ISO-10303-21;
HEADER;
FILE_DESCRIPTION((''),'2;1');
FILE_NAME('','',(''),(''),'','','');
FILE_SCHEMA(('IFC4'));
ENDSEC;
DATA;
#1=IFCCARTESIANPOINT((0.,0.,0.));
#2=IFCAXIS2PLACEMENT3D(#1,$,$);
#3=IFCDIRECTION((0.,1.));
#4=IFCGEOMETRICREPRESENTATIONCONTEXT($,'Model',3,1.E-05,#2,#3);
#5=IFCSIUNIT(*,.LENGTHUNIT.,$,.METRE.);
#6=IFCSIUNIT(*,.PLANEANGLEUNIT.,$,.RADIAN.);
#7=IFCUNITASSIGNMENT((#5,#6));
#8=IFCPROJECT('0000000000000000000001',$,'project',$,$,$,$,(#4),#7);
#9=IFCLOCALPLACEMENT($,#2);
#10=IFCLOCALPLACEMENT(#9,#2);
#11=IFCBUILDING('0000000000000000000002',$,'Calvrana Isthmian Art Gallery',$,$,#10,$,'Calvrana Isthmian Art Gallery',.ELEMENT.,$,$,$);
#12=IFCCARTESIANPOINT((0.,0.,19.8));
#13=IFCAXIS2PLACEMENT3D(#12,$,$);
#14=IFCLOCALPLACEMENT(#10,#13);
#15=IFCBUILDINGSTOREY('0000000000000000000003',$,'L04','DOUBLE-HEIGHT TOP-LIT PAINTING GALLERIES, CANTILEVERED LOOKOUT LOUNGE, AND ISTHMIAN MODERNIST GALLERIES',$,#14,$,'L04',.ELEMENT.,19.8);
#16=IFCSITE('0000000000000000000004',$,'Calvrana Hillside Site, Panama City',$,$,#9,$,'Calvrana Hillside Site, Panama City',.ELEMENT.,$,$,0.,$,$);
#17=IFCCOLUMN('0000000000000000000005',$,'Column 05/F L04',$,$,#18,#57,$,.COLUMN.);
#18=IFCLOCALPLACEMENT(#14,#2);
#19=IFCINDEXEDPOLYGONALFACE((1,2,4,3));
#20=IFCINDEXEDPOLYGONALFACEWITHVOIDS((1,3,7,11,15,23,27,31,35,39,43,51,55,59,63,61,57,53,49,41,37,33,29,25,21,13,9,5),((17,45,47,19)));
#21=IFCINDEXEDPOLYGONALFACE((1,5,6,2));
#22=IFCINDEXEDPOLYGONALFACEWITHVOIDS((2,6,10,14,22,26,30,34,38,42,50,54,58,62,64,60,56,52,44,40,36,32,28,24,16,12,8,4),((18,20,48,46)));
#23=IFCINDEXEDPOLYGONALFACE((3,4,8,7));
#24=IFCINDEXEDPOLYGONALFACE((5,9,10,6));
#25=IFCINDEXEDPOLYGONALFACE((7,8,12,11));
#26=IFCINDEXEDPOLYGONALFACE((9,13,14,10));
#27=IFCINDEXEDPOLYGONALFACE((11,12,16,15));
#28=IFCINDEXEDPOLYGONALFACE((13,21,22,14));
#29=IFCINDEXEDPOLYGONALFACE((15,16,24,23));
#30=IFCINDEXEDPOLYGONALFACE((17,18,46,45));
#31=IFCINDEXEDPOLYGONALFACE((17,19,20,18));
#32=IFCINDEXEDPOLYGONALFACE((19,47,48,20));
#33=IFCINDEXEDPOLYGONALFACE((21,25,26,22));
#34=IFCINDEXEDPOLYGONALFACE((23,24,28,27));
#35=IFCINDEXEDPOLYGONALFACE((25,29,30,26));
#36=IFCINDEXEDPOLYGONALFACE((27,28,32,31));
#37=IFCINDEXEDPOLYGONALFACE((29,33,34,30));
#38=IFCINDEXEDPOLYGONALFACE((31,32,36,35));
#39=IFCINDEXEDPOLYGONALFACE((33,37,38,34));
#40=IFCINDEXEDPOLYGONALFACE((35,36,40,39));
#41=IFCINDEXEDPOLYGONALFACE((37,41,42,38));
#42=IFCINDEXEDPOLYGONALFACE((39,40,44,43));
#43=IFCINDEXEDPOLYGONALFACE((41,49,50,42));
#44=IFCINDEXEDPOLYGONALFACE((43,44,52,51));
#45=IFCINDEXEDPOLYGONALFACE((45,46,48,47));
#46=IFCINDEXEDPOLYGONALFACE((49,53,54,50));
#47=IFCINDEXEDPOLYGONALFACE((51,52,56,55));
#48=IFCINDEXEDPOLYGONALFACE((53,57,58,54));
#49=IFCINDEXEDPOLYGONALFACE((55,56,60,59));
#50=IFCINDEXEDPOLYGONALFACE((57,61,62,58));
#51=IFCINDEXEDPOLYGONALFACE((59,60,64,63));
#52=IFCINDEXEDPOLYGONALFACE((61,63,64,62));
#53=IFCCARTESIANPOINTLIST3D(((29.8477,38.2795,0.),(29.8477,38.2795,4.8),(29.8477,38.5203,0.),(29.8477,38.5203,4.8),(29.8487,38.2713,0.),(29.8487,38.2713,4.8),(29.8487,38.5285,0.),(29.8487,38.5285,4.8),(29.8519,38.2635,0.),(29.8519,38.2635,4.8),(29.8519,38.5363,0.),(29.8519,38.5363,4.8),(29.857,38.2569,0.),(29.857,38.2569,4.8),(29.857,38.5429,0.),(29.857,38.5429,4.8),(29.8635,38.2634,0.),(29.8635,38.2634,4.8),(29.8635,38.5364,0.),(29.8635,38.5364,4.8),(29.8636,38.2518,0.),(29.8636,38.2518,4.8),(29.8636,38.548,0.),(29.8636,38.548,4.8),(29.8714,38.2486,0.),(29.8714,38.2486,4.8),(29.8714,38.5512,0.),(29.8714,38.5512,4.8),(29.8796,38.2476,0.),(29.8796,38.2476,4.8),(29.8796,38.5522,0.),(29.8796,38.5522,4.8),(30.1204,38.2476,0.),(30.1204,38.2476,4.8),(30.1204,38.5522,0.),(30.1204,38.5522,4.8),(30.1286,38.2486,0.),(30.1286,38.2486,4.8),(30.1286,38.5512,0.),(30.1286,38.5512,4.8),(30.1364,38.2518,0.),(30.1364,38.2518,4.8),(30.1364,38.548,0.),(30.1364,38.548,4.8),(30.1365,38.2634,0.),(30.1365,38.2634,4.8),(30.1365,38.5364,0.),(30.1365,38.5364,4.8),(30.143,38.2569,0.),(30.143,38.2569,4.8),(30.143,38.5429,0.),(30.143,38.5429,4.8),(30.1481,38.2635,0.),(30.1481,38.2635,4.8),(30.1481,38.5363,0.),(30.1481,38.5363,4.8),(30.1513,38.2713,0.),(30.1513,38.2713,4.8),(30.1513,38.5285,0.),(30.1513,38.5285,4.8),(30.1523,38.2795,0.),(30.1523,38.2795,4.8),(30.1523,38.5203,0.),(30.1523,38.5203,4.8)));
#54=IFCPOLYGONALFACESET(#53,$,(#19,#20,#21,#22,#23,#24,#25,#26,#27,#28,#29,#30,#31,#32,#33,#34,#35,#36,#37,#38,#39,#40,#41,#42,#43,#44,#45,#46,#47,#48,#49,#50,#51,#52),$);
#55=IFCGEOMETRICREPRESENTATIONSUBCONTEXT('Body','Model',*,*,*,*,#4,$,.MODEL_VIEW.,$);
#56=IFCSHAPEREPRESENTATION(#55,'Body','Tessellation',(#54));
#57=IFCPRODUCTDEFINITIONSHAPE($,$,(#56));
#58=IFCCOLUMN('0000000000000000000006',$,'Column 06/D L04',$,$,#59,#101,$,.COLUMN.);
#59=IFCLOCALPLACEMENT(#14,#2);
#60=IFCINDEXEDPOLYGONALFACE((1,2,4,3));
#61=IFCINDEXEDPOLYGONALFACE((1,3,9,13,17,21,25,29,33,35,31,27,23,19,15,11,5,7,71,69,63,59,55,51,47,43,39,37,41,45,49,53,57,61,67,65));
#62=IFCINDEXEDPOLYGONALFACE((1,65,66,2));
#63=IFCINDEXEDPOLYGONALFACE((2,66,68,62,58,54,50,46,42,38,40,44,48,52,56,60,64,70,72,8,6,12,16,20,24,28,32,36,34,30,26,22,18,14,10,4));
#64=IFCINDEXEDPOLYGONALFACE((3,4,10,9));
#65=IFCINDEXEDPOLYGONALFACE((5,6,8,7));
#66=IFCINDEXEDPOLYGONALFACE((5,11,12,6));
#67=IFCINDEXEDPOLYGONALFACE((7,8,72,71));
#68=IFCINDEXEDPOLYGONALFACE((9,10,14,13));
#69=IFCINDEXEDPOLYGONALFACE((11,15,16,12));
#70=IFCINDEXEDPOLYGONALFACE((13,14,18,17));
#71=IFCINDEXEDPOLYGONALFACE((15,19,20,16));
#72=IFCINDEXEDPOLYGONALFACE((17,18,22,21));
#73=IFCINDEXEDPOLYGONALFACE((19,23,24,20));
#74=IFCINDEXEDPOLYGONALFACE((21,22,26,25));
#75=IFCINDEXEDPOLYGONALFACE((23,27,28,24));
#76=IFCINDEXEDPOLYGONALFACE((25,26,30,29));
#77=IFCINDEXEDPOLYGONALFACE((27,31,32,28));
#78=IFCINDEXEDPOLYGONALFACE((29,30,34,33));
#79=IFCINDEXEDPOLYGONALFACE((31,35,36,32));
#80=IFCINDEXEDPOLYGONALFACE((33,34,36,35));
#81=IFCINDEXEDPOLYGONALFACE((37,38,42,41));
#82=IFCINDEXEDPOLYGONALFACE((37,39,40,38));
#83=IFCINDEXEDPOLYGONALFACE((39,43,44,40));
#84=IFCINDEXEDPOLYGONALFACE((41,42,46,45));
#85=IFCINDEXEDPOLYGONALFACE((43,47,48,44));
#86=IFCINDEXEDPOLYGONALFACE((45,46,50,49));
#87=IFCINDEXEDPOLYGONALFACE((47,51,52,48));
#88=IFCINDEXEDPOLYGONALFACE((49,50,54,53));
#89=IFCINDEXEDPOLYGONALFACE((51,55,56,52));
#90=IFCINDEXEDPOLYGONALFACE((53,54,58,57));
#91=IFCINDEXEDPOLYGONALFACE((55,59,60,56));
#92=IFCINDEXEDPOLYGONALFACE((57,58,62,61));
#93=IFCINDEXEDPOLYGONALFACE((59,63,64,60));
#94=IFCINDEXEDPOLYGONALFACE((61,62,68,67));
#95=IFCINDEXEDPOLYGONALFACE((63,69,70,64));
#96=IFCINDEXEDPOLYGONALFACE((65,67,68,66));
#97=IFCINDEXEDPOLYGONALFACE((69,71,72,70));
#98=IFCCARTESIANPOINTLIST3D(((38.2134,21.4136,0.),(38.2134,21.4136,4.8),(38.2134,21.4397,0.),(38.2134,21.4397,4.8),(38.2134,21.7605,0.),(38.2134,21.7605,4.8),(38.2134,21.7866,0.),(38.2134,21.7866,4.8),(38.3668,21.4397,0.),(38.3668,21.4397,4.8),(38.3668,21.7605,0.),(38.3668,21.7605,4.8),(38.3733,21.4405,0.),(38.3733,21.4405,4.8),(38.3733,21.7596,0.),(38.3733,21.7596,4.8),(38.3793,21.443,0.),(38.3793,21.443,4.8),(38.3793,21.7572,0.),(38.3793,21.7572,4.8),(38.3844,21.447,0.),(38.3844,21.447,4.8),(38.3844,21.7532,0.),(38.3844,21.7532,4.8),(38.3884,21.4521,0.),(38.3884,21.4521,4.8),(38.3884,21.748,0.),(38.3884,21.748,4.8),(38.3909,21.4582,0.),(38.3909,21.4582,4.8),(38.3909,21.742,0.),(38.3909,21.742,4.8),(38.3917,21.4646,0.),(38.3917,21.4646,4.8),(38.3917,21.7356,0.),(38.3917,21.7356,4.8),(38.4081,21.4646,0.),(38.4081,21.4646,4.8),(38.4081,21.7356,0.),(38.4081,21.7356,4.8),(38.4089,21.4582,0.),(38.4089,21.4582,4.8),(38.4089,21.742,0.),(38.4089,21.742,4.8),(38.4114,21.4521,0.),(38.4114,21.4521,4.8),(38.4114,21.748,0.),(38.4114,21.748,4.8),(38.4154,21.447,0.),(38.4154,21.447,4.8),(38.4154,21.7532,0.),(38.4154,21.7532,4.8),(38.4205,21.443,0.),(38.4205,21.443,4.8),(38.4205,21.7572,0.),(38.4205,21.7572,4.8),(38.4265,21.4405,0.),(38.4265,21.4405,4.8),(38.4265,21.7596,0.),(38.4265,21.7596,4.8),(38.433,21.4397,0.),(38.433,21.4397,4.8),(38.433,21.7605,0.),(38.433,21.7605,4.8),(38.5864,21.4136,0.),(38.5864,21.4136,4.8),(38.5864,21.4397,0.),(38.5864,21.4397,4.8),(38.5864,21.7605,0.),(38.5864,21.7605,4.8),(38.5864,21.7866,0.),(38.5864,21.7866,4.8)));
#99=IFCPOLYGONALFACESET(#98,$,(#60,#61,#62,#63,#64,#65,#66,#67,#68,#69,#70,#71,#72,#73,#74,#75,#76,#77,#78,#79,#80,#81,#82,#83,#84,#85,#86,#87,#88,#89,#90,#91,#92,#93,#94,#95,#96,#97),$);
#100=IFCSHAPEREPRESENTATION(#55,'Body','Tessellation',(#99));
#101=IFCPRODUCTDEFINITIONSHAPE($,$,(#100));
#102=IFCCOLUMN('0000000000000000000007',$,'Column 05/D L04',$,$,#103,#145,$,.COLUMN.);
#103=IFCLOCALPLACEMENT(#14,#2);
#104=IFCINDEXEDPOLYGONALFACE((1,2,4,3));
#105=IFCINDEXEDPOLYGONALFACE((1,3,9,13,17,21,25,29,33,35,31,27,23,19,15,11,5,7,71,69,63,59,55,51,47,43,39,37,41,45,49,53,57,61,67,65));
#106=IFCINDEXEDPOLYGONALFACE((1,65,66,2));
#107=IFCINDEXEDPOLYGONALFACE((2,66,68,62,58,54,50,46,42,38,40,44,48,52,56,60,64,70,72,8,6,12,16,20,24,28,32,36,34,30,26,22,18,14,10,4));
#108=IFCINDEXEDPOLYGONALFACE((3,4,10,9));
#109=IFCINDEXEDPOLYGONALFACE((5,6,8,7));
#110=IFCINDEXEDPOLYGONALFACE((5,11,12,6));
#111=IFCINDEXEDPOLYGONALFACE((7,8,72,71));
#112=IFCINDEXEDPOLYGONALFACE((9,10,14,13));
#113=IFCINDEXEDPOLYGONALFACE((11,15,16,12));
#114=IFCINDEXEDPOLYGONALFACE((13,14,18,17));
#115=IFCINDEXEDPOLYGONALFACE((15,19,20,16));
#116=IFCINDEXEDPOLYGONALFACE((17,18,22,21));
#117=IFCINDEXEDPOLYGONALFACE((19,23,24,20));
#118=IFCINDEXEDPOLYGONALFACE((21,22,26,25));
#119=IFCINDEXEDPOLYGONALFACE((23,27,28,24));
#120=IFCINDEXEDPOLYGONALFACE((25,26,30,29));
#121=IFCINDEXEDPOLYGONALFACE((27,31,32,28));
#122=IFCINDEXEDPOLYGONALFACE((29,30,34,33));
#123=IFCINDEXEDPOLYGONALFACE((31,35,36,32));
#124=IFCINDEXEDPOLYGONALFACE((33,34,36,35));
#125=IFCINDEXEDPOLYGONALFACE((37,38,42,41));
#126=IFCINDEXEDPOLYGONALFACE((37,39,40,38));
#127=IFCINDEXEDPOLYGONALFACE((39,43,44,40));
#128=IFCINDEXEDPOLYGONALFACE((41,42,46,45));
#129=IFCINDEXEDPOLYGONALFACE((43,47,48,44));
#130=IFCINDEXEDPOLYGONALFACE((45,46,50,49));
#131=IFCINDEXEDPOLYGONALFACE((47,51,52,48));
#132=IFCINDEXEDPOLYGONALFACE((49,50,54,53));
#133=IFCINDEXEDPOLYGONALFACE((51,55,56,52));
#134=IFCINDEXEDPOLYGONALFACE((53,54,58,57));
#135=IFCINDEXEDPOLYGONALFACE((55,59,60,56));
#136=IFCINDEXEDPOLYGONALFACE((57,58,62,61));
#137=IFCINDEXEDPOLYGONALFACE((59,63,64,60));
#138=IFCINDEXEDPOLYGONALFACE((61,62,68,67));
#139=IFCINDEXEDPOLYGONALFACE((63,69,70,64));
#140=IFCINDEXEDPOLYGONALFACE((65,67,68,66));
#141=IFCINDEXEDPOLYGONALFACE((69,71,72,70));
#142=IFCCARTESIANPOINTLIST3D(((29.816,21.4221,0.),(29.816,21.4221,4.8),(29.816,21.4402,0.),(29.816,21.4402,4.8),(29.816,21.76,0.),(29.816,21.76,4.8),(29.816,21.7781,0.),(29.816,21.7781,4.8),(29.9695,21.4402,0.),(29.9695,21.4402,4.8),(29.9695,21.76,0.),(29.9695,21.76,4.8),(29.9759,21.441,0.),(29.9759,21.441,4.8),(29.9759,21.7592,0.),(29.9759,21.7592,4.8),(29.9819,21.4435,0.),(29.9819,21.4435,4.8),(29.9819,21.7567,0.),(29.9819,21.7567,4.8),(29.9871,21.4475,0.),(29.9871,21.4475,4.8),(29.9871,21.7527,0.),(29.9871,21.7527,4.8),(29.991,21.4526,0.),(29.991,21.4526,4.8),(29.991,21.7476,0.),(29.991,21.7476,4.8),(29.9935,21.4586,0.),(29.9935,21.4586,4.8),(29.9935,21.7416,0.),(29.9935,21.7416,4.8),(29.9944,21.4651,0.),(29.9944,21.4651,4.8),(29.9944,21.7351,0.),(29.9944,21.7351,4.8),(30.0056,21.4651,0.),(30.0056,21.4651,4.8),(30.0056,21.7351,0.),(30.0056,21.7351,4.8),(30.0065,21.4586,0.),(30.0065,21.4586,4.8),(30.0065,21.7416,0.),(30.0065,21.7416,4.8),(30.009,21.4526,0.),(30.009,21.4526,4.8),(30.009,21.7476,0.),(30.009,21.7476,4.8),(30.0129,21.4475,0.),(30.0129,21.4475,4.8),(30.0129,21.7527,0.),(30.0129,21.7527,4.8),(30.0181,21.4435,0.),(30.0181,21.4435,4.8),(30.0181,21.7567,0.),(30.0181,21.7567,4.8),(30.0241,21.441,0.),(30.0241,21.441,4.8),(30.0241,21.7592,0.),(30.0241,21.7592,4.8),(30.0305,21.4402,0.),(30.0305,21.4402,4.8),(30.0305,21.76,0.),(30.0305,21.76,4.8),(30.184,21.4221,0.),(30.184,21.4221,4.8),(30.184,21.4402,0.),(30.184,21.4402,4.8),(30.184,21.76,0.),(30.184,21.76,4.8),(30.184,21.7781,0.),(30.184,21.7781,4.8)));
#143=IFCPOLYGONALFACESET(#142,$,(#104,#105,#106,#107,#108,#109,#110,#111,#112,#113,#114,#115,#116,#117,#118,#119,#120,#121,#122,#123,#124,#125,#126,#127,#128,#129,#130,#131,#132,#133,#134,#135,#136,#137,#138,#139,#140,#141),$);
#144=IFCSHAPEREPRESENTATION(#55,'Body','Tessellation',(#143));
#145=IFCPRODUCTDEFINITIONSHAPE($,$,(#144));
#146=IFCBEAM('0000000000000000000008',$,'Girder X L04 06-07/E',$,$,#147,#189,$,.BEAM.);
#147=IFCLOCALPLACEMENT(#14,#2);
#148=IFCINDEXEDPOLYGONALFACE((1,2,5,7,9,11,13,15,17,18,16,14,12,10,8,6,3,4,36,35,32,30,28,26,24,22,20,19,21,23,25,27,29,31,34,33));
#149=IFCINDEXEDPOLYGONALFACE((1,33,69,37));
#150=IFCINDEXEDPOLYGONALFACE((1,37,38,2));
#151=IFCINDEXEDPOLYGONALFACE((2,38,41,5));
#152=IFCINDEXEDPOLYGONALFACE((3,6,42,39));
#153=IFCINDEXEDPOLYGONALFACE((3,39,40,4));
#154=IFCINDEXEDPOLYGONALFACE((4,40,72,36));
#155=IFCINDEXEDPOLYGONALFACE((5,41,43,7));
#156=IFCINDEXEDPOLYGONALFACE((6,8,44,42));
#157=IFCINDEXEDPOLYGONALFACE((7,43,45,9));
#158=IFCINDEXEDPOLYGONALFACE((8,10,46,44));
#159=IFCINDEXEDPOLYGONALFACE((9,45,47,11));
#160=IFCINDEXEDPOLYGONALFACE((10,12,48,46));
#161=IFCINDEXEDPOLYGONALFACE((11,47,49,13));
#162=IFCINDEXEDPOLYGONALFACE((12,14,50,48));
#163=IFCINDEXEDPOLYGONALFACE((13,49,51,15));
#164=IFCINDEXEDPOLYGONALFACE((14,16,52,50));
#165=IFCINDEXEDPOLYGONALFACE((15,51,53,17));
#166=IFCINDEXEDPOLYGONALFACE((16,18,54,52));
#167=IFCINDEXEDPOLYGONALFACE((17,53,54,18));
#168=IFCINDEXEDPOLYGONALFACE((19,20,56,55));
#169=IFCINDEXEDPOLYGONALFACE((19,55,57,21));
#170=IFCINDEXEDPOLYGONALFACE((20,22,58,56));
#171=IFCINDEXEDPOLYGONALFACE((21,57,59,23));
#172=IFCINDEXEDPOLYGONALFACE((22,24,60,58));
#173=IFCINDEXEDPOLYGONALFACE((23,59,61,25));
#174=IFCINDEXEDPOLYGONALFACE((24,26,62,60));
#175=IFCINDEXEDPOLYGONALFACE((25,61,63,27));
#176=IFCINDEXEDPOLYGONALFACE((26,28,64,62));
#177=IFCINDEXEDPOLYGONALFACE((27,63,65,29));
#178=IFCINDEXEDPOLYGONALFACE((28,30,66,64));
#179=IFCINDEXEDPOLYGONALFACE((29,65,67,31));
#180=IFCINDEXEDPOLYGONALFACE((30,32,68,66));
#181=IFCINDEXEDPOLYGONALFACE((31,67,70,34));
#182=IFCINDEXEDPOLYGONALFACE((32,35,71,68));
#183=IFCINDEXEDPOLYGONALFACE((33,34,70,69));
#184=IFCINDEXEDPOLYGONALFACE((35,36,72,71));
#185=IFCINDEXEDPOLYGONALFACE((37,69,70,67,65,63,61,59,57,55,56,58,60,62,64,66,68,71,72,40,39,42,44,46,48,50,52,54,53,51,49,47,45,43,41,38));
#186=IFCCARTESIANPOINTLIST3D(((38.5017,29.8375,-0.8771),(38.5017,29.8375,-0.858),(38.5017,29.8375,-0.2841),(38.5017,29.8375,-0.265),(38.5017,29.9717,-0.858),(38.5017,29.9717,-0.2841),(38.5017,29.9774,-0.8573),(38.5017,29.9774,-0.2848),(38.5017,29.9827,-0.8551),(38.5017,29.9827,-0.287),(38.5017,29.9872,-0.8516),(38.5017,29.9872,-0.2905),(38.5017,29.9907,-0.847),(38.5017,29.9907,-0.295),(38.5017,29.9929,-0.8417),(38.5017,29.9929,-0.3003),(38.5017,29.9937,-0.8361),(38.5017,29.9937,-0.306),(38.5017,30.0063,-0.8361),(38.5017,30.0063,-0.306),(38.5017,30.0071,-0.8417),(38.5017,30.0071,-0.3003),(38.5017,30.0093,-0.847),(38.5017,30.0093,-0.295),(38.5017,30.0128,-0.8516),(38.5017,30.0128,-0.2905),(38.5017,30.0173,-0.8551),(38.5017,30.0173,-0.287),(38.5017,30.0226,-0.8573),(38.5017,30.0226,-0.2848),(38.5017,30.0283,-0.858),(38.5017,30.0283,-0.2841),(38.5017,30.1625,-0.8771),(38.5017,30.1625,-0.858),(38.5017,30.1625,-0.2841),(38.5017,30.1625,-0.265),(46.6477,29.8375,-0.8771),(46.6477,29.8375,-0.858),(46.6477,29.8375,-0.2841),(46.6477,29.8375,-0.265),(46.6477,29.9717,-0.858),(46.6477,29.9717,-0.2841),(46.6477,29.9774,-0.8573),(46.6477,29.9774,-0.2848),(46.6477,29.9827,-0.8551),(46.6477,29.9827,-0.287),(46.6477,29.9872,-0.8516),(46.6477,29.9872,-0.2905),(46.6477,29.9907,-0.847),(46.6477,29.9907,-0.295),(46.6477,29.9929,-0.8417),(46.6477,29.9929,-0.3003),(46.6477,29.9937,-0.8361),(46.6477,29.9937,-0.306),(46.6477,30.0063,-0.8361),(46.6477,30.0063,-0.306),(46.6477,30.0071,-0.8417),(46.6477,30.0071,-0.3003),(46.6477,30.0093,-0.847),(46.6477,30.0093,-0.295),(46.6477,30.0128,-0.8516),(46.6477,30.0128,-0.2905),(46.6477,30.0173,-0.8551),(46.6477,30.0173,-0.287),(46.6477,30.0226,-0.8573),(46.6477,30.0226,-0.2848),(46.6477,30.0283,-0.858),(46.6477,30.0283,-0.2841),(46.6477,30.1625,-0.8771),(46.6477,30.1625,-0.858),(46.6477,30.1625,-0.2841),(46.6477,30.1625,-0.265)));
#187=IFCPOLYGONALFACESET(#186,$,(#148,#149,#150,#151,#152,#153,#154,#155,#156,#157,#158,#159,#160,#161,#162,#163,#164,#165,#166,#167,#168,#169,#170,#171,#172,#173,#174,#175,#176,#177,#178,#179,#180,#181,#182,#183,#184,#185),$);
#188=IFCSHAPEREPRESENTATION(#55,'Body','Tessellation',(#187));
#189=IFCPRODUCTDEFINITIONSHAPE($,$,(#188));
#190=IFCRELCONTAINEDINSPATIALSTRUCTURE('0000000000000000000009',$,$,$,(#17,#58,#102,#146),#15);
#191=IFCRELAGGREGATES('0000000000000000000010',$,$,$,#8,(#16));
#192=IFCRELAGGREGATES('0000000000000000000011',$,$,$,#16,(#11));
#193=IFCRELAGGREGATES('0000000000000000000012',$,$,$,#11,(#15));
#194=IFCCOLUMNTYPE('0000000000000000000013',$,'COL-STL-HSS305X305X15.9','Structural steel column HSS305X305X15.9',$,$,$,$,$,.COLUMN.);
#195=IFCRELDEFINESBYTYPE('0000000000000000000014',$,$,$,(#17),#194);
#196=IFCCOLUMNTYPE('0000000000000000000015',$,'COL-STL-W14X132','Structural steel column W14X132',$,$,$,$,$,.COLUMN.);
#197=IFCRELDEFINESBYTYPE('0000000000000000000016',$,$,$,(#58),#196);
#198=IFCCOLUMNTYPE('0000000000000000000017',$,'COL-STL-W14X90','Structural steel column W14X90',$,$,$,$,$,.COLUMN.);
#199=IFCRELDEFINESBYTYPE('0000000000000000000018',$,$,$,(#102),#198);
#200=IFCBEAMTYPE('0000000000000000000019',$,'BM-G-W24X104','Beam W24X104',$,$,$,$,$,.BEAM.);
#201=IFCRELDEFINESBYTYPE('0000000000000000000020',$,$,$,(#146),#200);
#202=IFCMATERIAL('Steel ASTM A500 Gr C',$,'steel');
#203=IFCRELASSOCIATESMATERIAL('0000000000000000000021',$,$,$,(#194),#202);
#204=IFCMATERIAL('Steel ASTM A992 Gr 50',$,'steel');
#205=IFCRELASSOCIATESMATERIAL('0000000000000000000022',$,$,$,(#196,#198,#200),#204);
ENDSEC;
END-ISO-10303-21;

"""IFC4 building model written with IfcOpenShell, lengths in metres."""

from ifc_helpers import new_model, si_unit, direction, frame, origin, origin_2d, place, context, subcontext, project, spatial, hollow_rectangle, i_section, extrude, material, material_profile, profile_set, type_object, element, save


model = new_model("IFC4")

# Units and contexts
model_context = context("Model", 3, precision=1e-05, world=origin(), true_north=direction((0.0, 1.0)))
body_context = subcontext(model_context, "Body", "Model", "MODEL_VIEW")
ifc_project = project(units=[si_unit("LENGTHUNIT", "METRE"), si_unit("PLANEANGLEUNIT", "RADIAN")], contexts=[model_context])

# Site, building, storey
site_placement = place(None, origin())
site = spatial("IfcSite", under=ifc_project, at=site_placement, Name="Calvrana Hillside Site, Panama City", LongName="Calvrana Hillside Site, Panama City", CompositionType="ELEMENT", RefElevation=0.0)
building_placement = place(site_placement, origin())
building = spatial("IfcBuilding", under=site, at=building_placement, Name="Calvrana Isthmian Art Gallery", LongName="Calvrana Isthmian Art Gallery", CompositionType="ELEMENT")
storey_placement = place(building_placement, frame((0.0, 0.0, 19.8)))
storey = spatial("IfcBuildingStorey", under=building, at=storey_placement, Name="L04", Description="DOUBLE-HEIGHT TOP-LIT PAINTING GALLERIES, CANTILEVERED LOOKOUT LOUNGE, AND ISTHMIAN MODERNIST GALLERIES", LongName="L04", CompositionType="ELEMENT", Elevation=19.8)

# Columns
ifc_material_1 = material(Name="Steel ASTM A500 Gr C", Category="steel")
ifc_material_profile_1 = material_profile(ifc_material_1, hollow_rectangle(XDim=0.3047, YDim=0.3047, WallThickness=0.0159, OuterFilletRadius=0.032, at=origin_2d()), Name="HSS305X305X15.9")
ifc_profile_set_1 = profile_set([ifc_material_profile_1], Name="Steel ASTM A500 Gr C")
column_type_1 = type_object("IfcColumnType", Name="COL-STL-HSS305X305X15.9", Description="Structural steel column HSS305X305X15.9", PredefinedType="COLUMN", material=ifc_profile_set_1)
column_1_placement = place(storey_placement, frame((30.0, 38.3999, 0.0), z_axis=(0.0, 0.0, 1.0), x_axis=(1.0, 0.0, 0.0)))
element("IfcColumn", 1, at=column_1_placement, inside=storey, type_object=column_type_1, Name="Column 05/F L04", PredefinedType="COLUMN", context=body_context, shape_type="SweptSolid", body=[
    extrude(hollow_rectangle(XDim=0.3047, YDim=0.3047, WallThickness=0.0159, OuterFilletRadius=0.032, at=origin_2d()), origin(), (0.0, 0.0, 1.0), 4.8),
])
ifc_material_2 = material(Name="Steel ASTM A992 Gr 50", Category="steel")
ifc_material_profile_2 = material_profile(ifc_material_2, i_section(OverallWidth=0.373, OverallDepth=0.373, WebThickness=0.0164, FlangeThickness=0.0261, FilletRadius=0.0249, at=origin_2d()), Name="W14X132")
ifc_profile_set_2 = profile_set([ifc_material_profile_2], Name="Steel ASTM A992 Gr 50")
column_type_2 = type_object("IfcColumnType", Name="COL-STL-W14X132", Description="Structural steel column W14X132", PredefinedType="COLUMN", material=ifc_profile_set_2)
column_2_placement = place(storey_placement, frame((38.3999, 21.6001, 0.0), z_axis=(0.0, 0.0, 1.0), x_axis=(1.0, 0.0, 0.0)))
element("IfcColumn", 2, at=column_2_placement, inside=storey, type_object=column_type_2, Name="Column 06/D L04", PredefinedType="COLUMN", context=body_context, shape_type="SweptSolid", body=[
    extrude(i_section(OverallWidth=0.373, OverallDepth=0.373, WebThickness=0.0164, FlangeThickness=0.0261, FilletRadius=0.0249, at=origin_2d()), origin(), (0.0, 0.0, 1.0), 4.8),
])
ifc_material_profile_3 = material_profile(ifc_material_2, i_section(OverallWidth=0.3679, OverallDepth=0.356, WebThickness=0.0112, FlangeThickness=0.0181, FilletRadius=0.0249, at=origin_2d()), Name="W14X90")
ifc_profile_set_3 = profile_set([ifc_material_profile_3], Name="Steel ASTM A992 Gr 50")
column_type_3 = type_object("IfcColumnType", Name="COL-STL-W14X90", Description="Structural steel column W14X90", PredefinedType="COLUMN", material=ifc_profile_set_3)
column_3_placement = place(storey_placement, frame((30.0, 21.6001, 0.0), z_axis=(0.0, 0.0, 1.0), x_axis=(1.0, 0.0, 0.0)))
element("IfcColumn", 3, at=column_3_placement, inside=storey, type_object=column_type_3, Name="Column 05/D L04", PredefinedType="COLUMN", context=body_context, shape_type="SweptSolid", body=[
    extrude(i_section(OverallWidth=0.3679, OverallDepth=0.356, WebThickness=0.0112, FlangeThickness=0.0181, FilletRadius=0.0249, at=origin_2d()), origin(), (0.0, 0.0, 1.0), 4.8),
])

# Beam
ifc_material_profile_4 = material_profile(ifc_material_2, i_section(OverallWidth=0.325, OverallDepth=0.6121, WebThickness=0.0127, FlangeThickness=0.019, FilletRadius=0.022, at=origin_2d()), Name="W24X104")
ifc_profile_set_4 = profile_set([ifc_material_profile_4], Name="Steel ASTM A992 Gr 50")
beam_type_1 = type_object("IfcBeamType", Name="BM-G-W24X104", Description="Beam W24X104", PredefinedType="BEAM", material=ifc_profile_set_4)
beam_1_placement = place(storey_placement, frame((38.5017, 30.0, -0.571), z_axis=(1.0, 0.0, 0.0), x_axis=(0.0, 1.0, 0.0)))
element("IfcBeam", 4, at=beam_1_placement, inside=storey, type_object=beam_type_1, Name="Girder X L04 06-07/E", PredefinedType="BEAM", context=body_context, shape_type="SweptSolid", body=[
    extrude(i_section(OverallWidth=0.325, OverallDepth=0.6121, WebThickness=0.0127, FlangeThickness=0.019, FilletRadius=0.022, at=origin_2d()), origin(), (0.0, 0.0, 1.0), 8.146),
])

save(model, "model.ifc")
